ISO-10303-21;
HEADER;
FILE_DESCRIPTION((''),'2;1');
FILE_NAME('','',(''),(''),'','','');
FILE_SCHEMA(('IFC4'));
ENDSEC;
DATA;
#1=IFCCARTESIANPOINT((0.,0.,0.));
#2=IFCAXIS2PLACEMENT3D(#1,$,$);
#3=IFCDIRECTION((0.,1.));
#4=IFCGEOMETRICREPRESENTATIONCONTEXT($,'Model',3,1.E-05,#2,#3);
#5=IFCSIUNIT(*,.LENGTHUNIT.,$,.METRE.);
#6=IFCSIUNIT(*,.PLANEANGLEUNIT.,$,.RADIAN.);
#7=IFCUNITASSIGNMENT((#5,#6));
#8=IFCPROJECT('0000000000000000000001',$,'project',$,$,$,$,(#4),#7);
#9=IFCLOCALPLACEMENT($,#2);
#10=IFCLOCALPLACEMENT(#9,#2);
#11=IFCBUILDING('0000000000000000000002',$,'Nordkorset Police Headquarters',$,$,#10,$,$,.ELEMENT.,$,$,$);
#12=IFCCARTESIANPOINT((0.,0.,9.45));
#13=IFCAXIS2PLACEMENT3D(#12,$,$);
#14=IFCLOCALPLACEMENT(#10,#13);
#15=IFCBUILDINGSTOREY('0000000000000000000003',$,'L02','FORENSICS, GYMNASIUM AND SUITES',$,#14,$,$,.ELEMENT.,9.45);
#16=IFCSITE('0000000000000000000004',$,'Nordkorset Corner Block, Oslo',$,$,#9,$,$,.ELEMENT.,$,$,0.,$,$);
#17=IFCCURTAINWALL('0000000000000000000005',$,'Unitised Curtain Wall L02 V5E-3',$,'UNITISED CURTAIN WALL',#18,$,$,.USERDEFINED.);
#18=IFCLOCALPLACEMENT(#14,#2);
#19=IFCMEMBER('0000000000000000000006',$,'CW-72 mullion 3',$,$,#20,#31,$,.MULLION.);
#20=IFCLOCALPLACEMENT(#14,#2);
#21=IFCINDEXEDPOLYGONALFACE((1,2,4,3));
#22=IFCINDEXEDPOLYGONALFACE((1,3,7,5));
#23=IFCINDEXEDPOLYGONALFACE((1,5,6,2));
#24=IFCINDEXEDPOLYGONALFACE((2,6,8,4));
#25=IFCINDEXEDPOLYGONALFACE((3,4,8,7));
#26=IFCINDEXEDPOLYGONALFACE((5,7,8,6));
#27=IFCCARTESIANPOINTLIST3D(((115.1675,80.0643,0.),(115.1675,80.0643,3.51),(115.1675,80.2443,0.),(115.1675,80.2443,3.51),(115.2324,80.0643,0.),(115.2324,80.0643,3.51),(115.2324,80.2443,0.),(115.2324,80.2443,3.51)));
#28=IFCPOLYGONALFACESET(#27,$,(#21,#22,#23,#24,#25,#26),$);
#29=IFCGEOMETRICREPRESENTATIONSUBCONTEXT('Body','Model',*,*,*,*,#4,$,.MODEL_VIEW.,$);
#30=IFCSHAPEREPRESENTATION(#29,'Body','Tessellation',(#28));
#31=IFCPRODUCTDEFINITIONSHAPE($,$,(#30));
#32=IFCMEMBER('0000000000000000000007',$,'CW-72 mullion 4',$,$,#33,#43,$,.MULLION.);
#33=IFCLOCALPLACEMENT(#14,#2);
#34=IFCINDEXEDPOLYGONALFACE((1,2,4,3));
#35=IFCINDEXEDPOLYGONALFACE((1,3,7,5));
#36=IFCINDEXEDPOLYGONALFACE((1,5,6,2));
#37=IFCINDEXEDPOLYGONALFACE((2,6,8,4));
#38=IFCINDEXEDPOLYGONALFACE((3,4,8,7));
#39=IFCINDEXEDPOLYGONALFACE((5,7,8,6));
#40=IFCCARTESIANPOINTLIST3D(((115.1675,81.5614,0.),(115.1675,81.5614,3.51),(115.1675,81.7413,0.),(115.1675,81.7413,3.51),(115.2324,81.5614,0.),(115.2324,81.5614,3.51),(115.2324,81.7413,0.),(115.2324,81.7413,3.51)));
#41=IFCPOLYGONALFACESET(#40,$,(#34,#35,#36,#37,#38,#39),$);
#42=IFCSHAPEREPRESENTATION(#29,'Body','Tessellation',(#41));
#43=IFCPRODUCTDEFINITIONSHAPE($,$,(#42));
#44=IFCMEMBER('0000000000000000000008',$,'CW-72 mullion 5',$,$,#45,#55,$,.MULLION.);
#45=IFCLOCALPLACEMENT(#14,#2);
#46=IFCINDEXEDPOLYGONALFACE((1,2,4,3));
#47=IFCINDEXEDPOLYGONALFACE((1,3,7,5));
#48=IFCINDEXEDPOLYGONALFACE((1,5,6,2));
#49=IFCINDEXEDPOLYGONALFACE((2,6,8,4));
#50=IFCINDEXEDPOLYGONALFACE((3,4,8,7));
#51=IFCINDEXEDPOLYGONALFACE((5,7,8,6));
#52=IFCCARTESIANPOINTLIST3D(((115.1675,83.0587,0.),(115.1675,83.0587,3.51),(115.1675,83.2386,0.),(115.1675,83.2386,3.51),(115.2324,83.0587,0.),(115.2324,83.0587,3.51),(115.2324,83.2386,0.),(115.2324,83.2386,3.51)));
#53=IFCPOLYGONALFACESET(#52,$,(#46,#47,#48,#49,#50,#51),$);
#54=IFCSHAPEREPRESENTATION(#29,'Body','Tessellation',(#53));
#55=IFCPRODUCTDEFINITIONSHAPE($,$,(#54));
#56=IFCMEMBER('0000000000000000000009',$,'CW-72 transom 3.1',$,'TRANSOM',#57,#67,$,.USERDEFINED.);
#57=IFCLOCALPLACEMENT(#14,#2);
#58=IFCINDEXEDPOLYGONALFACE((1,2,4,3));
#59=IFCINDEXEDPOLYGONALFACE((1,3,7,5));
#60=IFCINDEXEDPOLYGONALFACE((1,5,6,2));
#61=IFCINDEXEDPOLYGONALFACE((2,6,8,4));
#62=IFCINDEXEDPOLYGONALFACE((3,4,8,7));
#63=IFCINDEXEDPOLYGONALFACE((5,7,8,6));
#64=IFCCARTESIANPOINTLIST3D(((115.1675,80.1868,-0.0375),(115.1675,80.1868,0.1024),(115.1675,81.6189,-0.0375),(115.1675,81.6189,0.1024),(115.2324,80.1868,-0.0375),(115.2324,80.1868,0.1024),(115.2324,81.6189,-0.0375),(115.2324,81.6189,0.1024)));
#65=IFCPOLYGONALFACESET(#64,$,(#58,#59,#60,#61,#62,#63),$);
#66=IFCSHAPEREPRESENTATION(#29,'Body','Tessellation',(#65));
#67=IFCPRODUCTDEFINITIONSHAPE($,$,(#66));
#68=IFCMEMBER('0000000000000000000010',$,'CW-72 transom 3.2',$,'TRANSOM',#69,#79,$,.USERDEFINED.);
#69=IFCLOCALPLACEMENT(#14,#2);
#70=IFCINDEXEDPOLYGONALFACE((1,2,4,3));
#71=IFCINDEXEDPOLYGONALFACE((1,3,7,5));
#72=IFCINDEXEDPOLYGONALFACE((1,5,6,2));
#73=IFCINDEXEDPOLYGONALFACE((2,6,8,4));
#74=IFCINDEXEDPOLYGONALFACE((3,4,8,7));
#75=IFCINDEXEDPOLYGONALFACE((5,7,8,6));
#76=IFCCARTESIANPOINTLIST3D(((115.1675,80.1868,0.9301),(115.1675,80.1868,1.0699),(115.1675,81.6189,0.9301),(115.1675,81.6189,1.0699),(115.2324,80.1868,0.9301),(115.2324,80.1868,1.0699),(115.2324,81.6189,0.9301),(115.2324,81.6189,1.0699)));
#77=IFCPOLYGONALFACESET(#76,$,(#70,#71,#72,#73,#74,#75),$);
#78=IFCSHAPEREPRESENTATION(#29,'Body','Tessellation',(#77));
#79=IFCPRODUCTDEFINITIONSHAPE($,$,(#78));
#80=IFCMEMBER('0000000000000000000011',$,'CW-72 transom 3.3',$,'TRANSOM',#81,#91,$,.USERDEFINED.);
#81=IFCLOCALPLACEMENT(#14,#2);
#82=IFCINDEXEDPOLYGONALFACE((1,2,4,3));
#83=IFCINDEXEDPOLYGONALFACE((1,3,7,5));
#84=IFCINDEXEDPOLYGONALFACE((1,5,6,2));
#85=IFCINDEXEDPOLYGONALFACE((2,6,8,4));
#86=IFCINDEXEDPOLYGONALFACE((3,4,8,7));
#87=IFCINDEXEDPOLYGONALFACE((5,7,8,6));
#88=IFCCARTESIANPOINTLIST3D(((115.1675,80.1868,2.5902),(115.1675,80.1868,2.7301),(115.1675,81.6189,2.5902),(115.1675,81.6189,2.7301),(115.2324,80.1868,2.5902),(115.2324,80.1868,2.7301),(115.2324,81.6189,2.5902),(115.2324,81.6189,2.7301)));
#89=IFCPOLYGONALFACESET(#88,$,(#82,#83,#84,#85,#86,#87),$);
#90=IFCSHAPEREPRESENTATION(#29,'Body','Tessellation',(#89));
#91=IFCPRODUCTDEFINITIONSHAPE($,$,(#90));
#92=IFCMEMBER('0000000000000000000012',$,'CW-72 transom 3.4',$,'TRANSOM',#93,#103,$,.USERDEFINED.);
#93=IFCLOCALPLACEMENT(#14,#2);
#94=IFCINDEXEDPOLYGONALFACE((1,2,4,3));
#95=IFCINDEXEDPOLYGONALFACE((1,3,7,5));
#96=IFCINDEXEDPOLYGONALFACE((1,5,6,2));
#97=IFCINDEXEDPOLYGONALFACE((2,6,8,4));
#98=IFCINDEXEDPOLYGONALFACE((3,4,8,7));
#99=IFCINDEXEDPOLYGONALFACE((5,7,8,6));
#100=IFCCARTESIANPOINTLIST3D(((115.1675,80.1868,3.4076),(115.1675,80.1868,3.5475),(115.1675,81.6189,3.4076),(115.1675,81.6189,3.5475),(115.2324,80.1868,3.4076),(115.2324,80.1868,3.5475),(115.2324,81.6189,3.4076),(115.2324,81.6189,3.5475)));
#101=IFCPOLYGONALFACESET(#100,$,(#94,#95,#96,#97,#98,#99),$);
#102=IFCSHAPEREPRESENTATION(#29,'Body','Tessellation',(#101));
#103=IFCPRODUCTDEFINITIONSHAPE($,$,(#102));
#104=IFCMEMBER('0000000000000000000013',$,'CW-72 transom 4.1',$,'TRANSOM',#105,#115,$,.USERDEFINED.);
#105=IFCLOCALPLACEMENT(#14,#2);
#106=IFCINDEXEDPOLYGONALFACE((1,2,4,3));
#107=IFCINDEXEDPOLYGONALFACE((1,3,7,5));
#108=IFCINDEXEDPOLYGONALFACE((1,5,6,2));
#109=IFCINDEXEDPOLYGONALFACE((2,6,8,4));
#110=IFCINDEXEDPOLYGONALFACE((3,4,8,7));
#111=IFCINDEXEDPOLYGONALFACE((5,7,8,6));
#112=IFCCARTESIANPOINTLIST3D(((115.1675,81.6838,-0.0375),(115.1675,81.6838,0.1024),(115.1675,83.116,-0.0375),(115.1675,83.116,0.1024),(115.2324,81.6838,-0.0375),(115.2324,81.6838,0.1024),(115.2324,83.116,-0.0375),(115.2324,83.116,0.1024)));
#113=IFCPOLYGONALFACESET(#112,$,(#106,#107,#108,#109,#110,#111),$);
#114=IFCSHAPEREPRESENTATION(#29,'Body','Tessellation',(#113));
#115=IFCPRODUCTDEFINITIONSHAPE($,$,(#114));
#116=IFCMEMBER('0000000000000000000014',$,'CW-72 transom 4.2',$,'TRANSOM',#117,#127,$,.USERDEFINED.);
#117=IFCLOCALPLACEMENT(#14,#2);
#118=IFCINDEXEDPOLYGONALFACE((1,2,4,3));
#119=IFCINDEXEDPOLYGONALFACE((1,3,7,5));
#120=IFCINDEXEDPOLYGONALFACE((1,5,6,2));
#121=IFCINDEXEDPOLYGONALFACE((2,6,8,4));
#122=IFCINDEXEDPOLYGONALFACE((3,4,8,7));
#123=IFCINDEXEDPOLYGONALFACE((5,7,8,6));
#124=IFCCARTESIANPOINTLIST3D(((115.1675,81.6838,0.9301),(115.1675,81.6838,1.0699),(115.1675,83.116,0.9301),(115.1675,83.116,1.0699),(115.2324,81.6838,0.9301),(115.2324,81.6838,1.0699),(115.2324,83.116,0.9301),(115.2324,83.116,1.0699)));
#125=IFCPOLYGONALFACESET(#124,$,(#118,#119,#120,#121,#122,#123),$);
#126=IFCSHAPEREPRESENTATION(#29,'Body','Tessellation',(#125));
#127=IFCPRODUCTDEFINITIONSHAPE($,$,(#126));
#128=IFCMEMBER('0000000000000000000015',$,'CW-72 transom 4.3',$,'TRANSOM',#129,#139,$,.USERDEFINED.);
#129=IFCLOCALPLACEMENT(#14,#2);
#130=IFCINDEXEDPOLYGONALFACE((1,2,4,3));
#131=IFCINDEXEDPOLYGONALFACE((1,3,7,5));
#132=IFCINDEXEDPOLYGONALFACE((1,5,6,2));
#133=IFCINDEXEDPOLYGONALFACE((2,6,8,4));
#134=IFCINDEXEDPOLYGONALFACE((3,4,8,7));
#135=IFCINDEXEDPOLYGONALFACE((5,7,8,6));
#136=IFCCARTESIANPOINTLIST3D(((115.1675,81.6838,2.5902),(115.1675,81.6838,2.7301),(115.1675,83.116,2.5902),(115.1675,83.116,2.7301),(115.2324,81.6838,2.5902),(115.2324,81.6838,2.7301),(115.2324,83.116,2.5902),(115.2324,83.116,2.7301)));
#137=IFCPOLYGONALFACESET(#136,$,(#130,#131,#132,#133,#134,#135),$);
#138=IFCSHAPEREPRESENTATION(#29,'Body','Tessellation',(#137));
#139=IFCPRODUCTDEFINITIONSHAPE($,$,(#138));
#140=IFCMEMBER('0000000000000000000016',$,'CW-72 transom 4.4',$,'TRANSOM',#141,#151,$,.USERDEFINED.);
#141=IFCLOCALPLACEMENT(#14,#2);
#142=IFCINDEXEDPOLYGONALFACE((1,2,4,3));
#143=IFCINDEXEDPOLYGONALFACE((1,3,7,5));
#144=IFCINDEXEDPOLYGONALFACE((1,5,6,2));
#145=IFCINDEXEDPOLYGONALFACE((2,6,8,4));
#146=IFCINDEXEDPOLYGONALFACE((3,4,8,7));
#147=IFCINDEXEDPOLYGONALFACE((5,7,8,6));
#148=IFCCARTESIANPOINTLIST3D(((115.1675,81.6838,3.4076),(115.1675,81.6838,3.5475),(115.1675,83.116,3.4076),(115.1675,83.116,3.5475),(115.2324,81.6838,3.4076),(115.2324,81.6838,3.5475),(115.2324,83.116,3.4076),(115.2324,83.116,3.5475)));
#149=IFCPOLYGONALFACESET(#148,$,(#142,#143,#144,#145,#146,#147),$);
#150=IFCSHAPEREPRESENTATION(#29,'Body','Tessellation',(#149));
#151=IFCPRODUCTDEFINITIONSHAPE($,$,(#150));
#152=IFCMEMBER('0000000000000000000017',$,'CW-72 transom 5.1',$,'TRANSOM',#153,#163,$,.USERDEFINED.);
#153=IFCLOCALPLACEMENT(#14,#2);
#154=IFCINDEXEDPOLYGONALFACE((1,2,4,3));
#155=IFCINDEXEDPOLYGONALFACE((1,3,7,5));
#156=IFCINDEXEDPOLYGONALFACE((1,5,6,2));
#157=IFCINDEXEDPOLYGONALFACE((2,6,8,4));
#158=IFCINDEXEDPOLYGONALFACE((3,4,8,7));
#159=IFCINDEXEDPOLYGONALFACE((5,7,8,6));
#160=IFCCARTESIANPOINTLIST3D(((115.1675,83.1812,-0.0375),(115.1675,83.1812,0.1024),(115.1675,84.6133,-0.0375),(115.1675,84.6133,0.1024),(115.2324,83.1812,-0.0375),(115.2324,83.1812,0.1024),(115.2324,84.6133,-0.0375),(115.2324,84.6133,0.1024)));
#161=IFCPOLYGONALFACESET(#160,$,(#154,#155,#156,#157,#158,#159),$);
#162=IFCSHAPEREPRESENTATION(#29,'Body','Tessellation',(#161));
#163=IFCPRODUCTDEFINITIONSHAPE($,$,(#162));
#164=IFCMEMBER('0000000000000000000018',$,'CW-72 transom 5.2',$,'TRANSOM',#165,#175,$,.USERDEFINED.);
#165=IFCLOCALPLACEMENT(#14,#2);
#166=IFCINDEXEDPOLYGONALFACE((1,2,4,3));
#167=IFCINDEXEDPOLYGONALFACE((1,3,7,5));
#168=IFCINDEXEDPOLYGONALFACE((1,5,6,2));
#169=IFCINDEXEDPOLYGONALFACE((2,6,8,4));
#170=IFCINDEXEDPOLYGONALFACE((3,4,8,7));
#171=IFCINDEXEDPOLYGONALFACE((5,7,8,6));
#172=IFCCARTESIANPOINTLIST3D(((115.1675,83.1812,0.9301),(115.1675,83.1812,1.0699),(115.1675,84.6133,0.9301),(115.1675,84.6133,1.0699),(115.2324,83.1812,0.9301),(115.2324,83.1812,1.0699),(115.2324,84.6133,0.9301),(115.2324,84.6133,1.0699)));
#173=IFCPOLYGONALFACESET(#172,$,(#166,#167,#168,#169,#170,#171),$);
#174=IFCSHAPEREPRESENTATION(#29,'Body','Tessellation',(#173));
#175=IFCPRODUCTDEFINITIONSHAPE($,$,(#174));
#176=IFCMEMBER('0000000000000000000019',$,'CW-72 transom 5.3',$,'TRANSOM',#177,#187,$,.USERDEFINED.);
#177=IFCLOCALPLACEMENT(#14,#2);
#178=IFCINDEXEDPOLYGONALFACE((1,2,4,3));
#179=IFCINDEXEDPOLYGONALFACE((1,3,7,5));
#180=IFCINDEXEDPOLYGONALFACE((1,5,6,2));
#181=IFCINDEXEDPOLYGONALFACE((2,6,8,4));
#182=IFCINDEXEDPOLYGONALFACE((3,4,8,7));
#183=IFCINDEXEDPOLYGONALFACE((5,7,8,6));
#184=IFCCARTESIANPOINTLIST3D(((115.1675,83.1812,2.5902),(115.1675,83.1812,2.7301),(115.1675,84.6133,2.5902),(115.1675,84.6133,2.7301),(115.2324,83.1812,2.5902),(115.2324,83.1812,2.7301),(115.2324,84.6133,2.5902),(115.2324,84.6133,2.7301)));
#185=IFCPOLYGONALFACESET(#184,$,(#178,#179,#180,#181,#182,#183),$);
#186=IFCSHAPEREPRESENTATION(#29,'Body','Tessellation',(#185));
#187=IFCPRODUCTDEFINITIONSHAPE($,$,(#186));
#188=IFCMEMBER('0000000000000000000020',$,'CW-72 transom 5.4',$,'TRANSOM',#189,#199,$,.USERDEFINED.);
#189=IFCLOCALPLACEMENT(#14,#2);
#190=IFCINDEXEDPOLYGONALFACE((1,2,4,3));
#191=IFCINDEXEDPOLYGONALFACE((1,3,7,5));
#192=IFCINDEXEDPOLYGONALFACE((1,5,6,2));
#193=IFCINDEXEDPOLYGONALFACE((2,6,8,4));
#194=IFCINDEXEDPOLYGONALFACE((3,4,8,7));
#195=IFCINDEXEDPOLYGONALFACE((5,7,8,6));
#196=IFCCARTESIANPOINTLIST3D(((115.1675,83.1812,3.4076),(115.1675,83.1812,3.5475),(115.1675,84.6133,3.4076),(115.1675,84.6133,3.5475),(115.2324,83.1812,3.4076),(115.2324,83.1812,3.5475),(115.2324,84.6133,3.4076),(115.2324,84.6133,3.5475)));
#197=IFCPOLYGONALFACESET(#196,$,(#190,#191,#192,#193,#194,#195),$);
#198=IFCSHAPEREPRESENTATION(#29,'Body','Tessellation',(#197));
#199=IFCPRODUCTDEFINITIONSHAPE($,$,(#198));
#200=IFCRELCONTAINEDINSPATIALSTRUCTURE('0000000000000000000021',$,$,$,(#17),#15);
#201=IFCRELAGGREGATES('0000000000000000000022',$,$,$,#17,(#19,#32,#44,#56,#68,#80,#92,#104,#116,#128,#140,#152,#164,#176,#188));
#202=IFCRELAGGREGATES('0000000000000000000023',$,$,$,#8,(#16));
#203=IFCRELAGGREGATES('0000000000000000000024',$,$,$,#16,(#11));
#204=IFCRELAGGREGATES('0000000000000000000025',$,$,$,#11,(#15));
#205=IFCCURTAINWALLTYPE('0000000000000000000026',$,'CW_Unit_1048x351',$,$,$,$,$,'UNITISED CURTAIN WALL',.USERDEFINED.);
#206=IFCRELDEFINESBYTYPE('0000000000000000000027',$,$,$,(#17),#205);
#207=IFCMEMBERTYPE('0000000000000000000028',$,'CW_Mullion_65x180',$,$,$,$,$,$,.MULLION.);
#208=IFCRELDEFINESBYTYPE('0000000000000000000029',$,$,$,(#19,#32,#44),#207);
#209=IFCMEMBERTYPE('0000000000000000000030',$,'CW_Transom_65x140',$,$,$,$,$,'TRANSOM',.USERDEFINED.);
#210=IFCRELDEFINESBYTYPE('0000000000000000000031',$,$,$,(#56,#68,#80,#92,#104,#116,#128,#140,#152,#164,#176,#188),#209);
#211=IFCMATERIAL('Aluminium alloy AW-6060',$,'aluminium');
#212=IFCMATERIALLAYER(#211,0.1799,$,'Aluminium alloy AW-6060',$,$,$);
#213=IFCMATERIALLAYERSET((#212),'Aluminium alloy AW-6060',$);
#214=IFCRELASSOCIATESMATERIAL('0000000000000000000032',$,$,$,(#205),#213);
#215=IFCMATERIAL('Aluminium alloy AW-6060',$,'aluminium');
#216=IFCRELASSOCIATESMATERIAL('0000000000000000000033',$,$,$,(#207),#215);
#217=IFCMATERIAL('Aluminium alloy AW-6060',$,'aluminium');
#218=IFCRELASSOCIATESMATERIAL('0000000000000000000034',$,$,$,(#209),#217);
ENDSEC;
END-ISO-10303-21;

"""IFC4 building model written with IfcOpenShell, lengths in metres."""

from ifc_helpers import new_model, si_unit, direction, frame, origin, origin_2d, place, context, subcontext, project, spatial, rectangle, extrude, material, layer, layer_set, material_profile, profile_set, type_object, element, aggregate, save


model = new_model("IFC4")

# Units and contexts
model_context = context("Model", 3, precision=1e-05, world=origin(), true_north=direction((0.0, 1.0)))
body_context = subcontext(model_context, "Body", "Model", "MODEL_VIEW")
ifc_project = project(units=[si_unit("LENGTHUNIT", "METRE"), si_unit("PLANEANGLEUNIT", "RADIAN")], contexts=[model_context])

# Site, building, storey
site_placement = place(None, origin())
site = spatial("IfcSite", under=ifc_project, at=site_placement, Name="Nordkorset Corner Block, Oslo", CompositionType="ELEMENT", RefElevation=0.0)
building_placement = place(site_placement, origin())
building = spatial("IfcBuilding", under=site, at=building_placement, Name="Nordkorset Police Headquarters", CompositionType="ELEMENT")
storey_placement = place(building_placement, frame((0.0, 0.0, 9.45)))
storey = spatial("IfcBuildingStorey", under=building, at=storey_placement, Name="L02", Description="FORENSICS, GYMNASIUM AND SUITES", CompositionType="ELEMENT", Elevation=9.45)

# Curtain wall, members
ifc_material_1 = material(Name="Aluminium alloy AW-6060", Category="aluminium")
ifc_layer_1 = layer(ifc_material_1, 0.1799, Name="Aluminium alloy AW-6060")
ifc_layer_set_1 = layer_set([ifc_layer_1], Name="Aluminium alloy AW-6060")
curtain_wall_type = type_object("IfcCurtainWallType", Name="CW_Unit_1048x351", ElementType="UNITISED CURTAIN WALL", PredefinedType="USERDEFINED", material=ifc_layer_set_1)
curtain_wall_placement = place(storey_placement, origin())
curtain_wall = element("IfcCurtainWall", 1, at=curtain_wall_placement, inside=storey, type_object=curtain_wall_type, Name="Unitised Curtain Wall L02 V5E-3", ObjectType="UNITISED CURTAIN WALL", PredefinedType="USERDEFINED")
ifc_material_2 = material(Name="Aluminium alloy AW-6060", Category="aluminium")
ifc_material_profile_1 = material_profile(ifc_material_2, rectangle(XDim=0.0649, YDim=0.1799, at=origin_2d()), Name="ALU MULL 65x180")
ifc_profile_set_1 = profile_set([ifc_material_profile_1], Name="Aluminium alloy AW-6060")
member_type_1 = type_object("IfcMemberType", Name="CW_Mullion_65x180", PredefinedType="MULLION", material=ifc_profile_set_1)
member_1_placement = place(storey_placement, frame((115.2, 80.1543, 0.0), z_axis=(0.0, 0.0, 1.0), x_axis=(-1.0, 0.0, 0.0)))
member_1 = element("IfcMember", 2, at=member_1_placement, type_object=member_type_1, Name="CW-72 mullion 3", PredefinedType="MULLION", context=body_context, shape_type="SweptSolid", body=[
    extrude(rectangle(XDim=0.0649, YDim=0.1799, at=origin_2d()), origin(), (0.0, 0.0, 1.0), 3.51),
])
member_2_placement = place(storey_placement, frame((115.2, 81.6514, 0.0), z_axis=(0.0, 0.0, 1.0), x_axis=(-1.0, 0.0, 0.0)))
member_2 = element("IfcMember", 3, at=member_2_placement, type_object=member_type_1, Name="CW-72 mullion 4", PredefinedType="MULLION", context=body_context, shape_type="SweptSolid", body=[
    extrude(rectangle(XDim=0.0649, YDim=0.1799, at=origin_2d()), origin(), (0.0, 0.0, 1.0), 3.51),
])
member_3_placement = place(storey_placement, frame((115.2, 83.1487, 0.0), z_axis=(0.0, 0.0, 1.0), x_axis=(-1.0, 0.0, 0.0)))
member_3 = element("IfcMember", 4, at=member_3_placement, type_object=member_type_1, Name="CW-72 mullion 5", PredefinedType="MULLION", context=body_context, shape_type="SweptSolid", body=[
    extrude(rectangle(XDim=0.0649, YDim=0.1799, at=origin_2d()), origin(), (0.0, 0.0, 1.0), 3.51),
])
ifc_material_3 = material(Name="Aluminium alloy AW-6060", Category="aluminium")
ifc_material_profile_2 = material_profile(ifc_material_3, rectangle(XDim=0.0649, YDim=0.1399, at=origin_2d()), Name="ALU TRAN 65x140")
ifc_profile_set_2 = profile_set([ifc_material_profile_2], Name="Aluminium alloy AW-6060")
member_type_2 = type_object("IfcMemberType", Name="CW_Transom_65x140", ElementType="TRANSOM", PredefinedType="USERDEFINED", material=ifc_profile_set_2)
member_4_placement = place(storey_placement, frame((115.2, 80.1868, 0.0325), z_axis=(0.0, 1.0, 0.0), x_axis=(-1.0, 0.0, 0.0)))
member_4 = element("IfcMember", 5, at=member_4_placement, type_object=member_type_2, Name="CW-72 transom 3.1", ObjectType="TRANSOM", PredefinedType="USERDEFINED", context=body_context, shape_type="SweptSolid", body=[
    extrude(rectangle(XDim=0.0649, YDim=0.1399, at=origin_2d()), origin(), (0.0, 0.0, 1.0), 1.4321),
])
member_5_placement = place(storey_placement, frame((115.2, 80.1868, 1.0), z_axis=(0.0, 1.0, 0.0), x_axis=(-1.0, 0.0, 0.0)))
member_5 = element("IfcMember", 6, at=member_5_placement, type_object=member_type_2, Name="CW-72 transom 3.2", ObjectType="TRANSOM", PredefinedType="USERDEFINED", context=body_context, shape_type="SweptSolid", body=[
    extrude(rectangle(XDim=0.0649, YDim=0.1399, at=origin_2d()), origin(), (0.0, 0.0, 1.0), 1.4321),
])
member_6_placement = place(storey_placement, frame((115.2, 80.1868, 2.6602), z_axis=(0.0, 1.0, 0.0), x_axis=(-1.0, 0.0, 0.0)))
member_6 = element("IfcMember", 7, at=member_6_placement, type_object=member_type_2, Name="CW-72 transom 3.3", ObjectType="TRANSOM", PredefinedType="USERDEFINED", context=body_context, shape_type="SweptSolid", body=[
    extrude(rectangle(XDim=0.0649, YDim=0.1399, at=origin_2d()), origin(), (0.0, 0.0, 1.0), 1.4321),
])
member_7_placement = place(storey_placement, frame((115.2, 80.1868, 3.4775), z_axis=(0.0, 1.0, 0.0), x_axis=(-1.0, 0.0, 0.0)))
member_7 = element("IfcMember", 8, at=member_7_placement, type_object=member_type_2, Name="CW-72 transom 3.4", ObjectType="TRANSOM", PredefinedType="USERDEFINED", context=body_context, shape_type="SweptSolid", body=[
    extrude(rectangle(XDim=0.0649, YDim=0.1399, at=origin_2d()), origin(), (0.0, 0.0, 1.0), 1.4321),
])
member_8_placement = place(storey_placement, frame((115.2, 81.6838, 0.0325), z_axis=(0.0, 1.0, 0.0), x_axis=(-1.0, 0.0, 0.0)))
member_8 = element("IfcMember", 9, at=member_8_placement, type_object=member_type_2, Name="CW-72 transom 4.1", ObjectType="TRANSOM", PredefinedType="USERDEFINED", context=body_context, shape_type="SweptSolid", body=[
    extrude(rectangle(XDim=0.0649, YDim=0.1399, at=origin_2d()), origin(), (0.0, 0.0, 1.0), 1.4321),
])
member_9_placement = place(storey_placement, frame((115.2, 81.6838, 1.0), z_axis=(0.0, 1.0, 0.0), x_axis=(-1.0, 0.0, 0.0)))
member_9 = element("IfcMember", 10, at=member_9_placement, type_object=member_type_2, Name="CW-72 transom 4.2", ObjectType="TRANSOM", PredefinedType="USERDEFINED", context=body_context, shape_type="SweptSolid", body=[
    extrude(rectangle(XDim=0.0649, YDim=0.1399, at=origin_2d()), origin(), (0.0, 0.0, 1.0), 1.4321),
])
member_10_placement = place(storey_placement, frame((115.2, 81.6838, 2.6602), z_axis=(0.0, 1.0, 0.0), x_axis=(-1.0, 0.0, 0.0)))
member_10 = element("IfcMember", 11, at=member_10_placement, type_object=member_type_2, Name="CW-72 transom 4.3", ObjectType="TRANSOM", PredefinedType="USERDEFINED", context=body_context, shape_type="SweptSolid", body=[
    extrude(rectangle(XDim=0.0649, YDim=0.1399, at=origin_2d()), origin(), (0.0, 0.0, 1.0), 1.4321),
])
member_11_placement = place(storey_placement, frame((115.2, 81.6838, 3.4775), z_axis=(0.0, 1.0, 0.0), x_axis=(-1.0, 0.0, 0.0)))
member_11 = element("IfcMember", 12, at=member_11_placement, type_object=member_type_2, Name="CW-72 transom 4.4", ObjectType="TRANSOM", PredefinedType="USERDEFINED", context=body_context, shape_type="SweptSolid", body=[
    extrude(rectangle(XDim=0.0649, YDim=0.1399, at=origin_2d()), origin(), (0.0, 0.0, 1.0), 1.4321),
])
member_12_placement = place(storey_placement, frame((115.2, 83.1812, 0.0325), z_axis=(0.0, 1.0, 0.0), x_axis=(-1.0, 0.0, 0.0)))
member_12 = element("IfcMember", 13, at=member_12_placement, type_object=member_type_2, Name="CW-72 transom 5.1", ObjectType="TRANSOM", PredefinedType="USERDEFINED", context=body_context, shape_type="SweptSolid", body=[
    extrude(rectangle(XDim=0.0649, YDim=0.1399, at=origin_2d()), origin(), (0.0, 0.0, 1.0), 1.4321),
])
member_13_placement = place(storey_placement, frame((115.2, 83.1812, 1.0), z_axis=(0.0, 1.0, 0.0), x_axis=(-1.0, 0.0, 0.0)))
member_13 = element("IfcMember", 14, at=member_13_placement, type_object=member_type_2, Name="CW-72 transom 5.2", ObjectType="TRANSOM", PredefinedType="USERDEFINED", context=body_context, shape_type="SweptSolid", body=[
    extrude(rectangle(XDim=0.0649, YDim=0.1399, at=origin_2d()), origin(), (0.0, 0.0, 1.0), 1.4321),
])
member_14_placement = place(storey_placement, frame((115.2, 83.1812, 2.6602), z_axis=(0.0, 1.0, 0.0), x_axis=(-1.0, 0.0, 0.0)))
member_14 = element("IfcMember", 15, at=member_14_placement, type_object=member_type_2, Name="CW-72 transom 5.3", ObjectType="TRANSOM", PredefinedType="USERDEFINED", context=body_context, shape_type="SweptSolid", body=[
    extrude(rectangle(XDim=0.0649, YDim=0.1399, at=origin_2d()), origin(), (0.0, 0.0, 1.0), 1.4321),
])
member_15_placement = place(storey_placement, frame((115.2, 83.1812, 3.4775), z_axis=(0.0, 1.0, 0.0), x_axis=(-1.0, 0.0, 0.0)))
member_15 = element("IfcMember", 16, at=member_15_placement, type_object=member_type_2, Name="CW-72 transom 5.4", ObjectType="TRANSOM", PredefinedType="USERDEFINED", context=body_context, shape_type="SweptSolid", body=[
    extrude(rectangle(XDim=0.0649, YDim=0.1399, at=origin_2d()), origin(), (0.0, 0.0, 1.0), 1.4321),
])
aggregate(curtain_wall, [member_1, member_2, member_3, member_4, member_5, member_6, member_7, member_8, member_9, member_10, member_11, member_12, member_13, member_14, member_15])

save(model, "model.ifc")
